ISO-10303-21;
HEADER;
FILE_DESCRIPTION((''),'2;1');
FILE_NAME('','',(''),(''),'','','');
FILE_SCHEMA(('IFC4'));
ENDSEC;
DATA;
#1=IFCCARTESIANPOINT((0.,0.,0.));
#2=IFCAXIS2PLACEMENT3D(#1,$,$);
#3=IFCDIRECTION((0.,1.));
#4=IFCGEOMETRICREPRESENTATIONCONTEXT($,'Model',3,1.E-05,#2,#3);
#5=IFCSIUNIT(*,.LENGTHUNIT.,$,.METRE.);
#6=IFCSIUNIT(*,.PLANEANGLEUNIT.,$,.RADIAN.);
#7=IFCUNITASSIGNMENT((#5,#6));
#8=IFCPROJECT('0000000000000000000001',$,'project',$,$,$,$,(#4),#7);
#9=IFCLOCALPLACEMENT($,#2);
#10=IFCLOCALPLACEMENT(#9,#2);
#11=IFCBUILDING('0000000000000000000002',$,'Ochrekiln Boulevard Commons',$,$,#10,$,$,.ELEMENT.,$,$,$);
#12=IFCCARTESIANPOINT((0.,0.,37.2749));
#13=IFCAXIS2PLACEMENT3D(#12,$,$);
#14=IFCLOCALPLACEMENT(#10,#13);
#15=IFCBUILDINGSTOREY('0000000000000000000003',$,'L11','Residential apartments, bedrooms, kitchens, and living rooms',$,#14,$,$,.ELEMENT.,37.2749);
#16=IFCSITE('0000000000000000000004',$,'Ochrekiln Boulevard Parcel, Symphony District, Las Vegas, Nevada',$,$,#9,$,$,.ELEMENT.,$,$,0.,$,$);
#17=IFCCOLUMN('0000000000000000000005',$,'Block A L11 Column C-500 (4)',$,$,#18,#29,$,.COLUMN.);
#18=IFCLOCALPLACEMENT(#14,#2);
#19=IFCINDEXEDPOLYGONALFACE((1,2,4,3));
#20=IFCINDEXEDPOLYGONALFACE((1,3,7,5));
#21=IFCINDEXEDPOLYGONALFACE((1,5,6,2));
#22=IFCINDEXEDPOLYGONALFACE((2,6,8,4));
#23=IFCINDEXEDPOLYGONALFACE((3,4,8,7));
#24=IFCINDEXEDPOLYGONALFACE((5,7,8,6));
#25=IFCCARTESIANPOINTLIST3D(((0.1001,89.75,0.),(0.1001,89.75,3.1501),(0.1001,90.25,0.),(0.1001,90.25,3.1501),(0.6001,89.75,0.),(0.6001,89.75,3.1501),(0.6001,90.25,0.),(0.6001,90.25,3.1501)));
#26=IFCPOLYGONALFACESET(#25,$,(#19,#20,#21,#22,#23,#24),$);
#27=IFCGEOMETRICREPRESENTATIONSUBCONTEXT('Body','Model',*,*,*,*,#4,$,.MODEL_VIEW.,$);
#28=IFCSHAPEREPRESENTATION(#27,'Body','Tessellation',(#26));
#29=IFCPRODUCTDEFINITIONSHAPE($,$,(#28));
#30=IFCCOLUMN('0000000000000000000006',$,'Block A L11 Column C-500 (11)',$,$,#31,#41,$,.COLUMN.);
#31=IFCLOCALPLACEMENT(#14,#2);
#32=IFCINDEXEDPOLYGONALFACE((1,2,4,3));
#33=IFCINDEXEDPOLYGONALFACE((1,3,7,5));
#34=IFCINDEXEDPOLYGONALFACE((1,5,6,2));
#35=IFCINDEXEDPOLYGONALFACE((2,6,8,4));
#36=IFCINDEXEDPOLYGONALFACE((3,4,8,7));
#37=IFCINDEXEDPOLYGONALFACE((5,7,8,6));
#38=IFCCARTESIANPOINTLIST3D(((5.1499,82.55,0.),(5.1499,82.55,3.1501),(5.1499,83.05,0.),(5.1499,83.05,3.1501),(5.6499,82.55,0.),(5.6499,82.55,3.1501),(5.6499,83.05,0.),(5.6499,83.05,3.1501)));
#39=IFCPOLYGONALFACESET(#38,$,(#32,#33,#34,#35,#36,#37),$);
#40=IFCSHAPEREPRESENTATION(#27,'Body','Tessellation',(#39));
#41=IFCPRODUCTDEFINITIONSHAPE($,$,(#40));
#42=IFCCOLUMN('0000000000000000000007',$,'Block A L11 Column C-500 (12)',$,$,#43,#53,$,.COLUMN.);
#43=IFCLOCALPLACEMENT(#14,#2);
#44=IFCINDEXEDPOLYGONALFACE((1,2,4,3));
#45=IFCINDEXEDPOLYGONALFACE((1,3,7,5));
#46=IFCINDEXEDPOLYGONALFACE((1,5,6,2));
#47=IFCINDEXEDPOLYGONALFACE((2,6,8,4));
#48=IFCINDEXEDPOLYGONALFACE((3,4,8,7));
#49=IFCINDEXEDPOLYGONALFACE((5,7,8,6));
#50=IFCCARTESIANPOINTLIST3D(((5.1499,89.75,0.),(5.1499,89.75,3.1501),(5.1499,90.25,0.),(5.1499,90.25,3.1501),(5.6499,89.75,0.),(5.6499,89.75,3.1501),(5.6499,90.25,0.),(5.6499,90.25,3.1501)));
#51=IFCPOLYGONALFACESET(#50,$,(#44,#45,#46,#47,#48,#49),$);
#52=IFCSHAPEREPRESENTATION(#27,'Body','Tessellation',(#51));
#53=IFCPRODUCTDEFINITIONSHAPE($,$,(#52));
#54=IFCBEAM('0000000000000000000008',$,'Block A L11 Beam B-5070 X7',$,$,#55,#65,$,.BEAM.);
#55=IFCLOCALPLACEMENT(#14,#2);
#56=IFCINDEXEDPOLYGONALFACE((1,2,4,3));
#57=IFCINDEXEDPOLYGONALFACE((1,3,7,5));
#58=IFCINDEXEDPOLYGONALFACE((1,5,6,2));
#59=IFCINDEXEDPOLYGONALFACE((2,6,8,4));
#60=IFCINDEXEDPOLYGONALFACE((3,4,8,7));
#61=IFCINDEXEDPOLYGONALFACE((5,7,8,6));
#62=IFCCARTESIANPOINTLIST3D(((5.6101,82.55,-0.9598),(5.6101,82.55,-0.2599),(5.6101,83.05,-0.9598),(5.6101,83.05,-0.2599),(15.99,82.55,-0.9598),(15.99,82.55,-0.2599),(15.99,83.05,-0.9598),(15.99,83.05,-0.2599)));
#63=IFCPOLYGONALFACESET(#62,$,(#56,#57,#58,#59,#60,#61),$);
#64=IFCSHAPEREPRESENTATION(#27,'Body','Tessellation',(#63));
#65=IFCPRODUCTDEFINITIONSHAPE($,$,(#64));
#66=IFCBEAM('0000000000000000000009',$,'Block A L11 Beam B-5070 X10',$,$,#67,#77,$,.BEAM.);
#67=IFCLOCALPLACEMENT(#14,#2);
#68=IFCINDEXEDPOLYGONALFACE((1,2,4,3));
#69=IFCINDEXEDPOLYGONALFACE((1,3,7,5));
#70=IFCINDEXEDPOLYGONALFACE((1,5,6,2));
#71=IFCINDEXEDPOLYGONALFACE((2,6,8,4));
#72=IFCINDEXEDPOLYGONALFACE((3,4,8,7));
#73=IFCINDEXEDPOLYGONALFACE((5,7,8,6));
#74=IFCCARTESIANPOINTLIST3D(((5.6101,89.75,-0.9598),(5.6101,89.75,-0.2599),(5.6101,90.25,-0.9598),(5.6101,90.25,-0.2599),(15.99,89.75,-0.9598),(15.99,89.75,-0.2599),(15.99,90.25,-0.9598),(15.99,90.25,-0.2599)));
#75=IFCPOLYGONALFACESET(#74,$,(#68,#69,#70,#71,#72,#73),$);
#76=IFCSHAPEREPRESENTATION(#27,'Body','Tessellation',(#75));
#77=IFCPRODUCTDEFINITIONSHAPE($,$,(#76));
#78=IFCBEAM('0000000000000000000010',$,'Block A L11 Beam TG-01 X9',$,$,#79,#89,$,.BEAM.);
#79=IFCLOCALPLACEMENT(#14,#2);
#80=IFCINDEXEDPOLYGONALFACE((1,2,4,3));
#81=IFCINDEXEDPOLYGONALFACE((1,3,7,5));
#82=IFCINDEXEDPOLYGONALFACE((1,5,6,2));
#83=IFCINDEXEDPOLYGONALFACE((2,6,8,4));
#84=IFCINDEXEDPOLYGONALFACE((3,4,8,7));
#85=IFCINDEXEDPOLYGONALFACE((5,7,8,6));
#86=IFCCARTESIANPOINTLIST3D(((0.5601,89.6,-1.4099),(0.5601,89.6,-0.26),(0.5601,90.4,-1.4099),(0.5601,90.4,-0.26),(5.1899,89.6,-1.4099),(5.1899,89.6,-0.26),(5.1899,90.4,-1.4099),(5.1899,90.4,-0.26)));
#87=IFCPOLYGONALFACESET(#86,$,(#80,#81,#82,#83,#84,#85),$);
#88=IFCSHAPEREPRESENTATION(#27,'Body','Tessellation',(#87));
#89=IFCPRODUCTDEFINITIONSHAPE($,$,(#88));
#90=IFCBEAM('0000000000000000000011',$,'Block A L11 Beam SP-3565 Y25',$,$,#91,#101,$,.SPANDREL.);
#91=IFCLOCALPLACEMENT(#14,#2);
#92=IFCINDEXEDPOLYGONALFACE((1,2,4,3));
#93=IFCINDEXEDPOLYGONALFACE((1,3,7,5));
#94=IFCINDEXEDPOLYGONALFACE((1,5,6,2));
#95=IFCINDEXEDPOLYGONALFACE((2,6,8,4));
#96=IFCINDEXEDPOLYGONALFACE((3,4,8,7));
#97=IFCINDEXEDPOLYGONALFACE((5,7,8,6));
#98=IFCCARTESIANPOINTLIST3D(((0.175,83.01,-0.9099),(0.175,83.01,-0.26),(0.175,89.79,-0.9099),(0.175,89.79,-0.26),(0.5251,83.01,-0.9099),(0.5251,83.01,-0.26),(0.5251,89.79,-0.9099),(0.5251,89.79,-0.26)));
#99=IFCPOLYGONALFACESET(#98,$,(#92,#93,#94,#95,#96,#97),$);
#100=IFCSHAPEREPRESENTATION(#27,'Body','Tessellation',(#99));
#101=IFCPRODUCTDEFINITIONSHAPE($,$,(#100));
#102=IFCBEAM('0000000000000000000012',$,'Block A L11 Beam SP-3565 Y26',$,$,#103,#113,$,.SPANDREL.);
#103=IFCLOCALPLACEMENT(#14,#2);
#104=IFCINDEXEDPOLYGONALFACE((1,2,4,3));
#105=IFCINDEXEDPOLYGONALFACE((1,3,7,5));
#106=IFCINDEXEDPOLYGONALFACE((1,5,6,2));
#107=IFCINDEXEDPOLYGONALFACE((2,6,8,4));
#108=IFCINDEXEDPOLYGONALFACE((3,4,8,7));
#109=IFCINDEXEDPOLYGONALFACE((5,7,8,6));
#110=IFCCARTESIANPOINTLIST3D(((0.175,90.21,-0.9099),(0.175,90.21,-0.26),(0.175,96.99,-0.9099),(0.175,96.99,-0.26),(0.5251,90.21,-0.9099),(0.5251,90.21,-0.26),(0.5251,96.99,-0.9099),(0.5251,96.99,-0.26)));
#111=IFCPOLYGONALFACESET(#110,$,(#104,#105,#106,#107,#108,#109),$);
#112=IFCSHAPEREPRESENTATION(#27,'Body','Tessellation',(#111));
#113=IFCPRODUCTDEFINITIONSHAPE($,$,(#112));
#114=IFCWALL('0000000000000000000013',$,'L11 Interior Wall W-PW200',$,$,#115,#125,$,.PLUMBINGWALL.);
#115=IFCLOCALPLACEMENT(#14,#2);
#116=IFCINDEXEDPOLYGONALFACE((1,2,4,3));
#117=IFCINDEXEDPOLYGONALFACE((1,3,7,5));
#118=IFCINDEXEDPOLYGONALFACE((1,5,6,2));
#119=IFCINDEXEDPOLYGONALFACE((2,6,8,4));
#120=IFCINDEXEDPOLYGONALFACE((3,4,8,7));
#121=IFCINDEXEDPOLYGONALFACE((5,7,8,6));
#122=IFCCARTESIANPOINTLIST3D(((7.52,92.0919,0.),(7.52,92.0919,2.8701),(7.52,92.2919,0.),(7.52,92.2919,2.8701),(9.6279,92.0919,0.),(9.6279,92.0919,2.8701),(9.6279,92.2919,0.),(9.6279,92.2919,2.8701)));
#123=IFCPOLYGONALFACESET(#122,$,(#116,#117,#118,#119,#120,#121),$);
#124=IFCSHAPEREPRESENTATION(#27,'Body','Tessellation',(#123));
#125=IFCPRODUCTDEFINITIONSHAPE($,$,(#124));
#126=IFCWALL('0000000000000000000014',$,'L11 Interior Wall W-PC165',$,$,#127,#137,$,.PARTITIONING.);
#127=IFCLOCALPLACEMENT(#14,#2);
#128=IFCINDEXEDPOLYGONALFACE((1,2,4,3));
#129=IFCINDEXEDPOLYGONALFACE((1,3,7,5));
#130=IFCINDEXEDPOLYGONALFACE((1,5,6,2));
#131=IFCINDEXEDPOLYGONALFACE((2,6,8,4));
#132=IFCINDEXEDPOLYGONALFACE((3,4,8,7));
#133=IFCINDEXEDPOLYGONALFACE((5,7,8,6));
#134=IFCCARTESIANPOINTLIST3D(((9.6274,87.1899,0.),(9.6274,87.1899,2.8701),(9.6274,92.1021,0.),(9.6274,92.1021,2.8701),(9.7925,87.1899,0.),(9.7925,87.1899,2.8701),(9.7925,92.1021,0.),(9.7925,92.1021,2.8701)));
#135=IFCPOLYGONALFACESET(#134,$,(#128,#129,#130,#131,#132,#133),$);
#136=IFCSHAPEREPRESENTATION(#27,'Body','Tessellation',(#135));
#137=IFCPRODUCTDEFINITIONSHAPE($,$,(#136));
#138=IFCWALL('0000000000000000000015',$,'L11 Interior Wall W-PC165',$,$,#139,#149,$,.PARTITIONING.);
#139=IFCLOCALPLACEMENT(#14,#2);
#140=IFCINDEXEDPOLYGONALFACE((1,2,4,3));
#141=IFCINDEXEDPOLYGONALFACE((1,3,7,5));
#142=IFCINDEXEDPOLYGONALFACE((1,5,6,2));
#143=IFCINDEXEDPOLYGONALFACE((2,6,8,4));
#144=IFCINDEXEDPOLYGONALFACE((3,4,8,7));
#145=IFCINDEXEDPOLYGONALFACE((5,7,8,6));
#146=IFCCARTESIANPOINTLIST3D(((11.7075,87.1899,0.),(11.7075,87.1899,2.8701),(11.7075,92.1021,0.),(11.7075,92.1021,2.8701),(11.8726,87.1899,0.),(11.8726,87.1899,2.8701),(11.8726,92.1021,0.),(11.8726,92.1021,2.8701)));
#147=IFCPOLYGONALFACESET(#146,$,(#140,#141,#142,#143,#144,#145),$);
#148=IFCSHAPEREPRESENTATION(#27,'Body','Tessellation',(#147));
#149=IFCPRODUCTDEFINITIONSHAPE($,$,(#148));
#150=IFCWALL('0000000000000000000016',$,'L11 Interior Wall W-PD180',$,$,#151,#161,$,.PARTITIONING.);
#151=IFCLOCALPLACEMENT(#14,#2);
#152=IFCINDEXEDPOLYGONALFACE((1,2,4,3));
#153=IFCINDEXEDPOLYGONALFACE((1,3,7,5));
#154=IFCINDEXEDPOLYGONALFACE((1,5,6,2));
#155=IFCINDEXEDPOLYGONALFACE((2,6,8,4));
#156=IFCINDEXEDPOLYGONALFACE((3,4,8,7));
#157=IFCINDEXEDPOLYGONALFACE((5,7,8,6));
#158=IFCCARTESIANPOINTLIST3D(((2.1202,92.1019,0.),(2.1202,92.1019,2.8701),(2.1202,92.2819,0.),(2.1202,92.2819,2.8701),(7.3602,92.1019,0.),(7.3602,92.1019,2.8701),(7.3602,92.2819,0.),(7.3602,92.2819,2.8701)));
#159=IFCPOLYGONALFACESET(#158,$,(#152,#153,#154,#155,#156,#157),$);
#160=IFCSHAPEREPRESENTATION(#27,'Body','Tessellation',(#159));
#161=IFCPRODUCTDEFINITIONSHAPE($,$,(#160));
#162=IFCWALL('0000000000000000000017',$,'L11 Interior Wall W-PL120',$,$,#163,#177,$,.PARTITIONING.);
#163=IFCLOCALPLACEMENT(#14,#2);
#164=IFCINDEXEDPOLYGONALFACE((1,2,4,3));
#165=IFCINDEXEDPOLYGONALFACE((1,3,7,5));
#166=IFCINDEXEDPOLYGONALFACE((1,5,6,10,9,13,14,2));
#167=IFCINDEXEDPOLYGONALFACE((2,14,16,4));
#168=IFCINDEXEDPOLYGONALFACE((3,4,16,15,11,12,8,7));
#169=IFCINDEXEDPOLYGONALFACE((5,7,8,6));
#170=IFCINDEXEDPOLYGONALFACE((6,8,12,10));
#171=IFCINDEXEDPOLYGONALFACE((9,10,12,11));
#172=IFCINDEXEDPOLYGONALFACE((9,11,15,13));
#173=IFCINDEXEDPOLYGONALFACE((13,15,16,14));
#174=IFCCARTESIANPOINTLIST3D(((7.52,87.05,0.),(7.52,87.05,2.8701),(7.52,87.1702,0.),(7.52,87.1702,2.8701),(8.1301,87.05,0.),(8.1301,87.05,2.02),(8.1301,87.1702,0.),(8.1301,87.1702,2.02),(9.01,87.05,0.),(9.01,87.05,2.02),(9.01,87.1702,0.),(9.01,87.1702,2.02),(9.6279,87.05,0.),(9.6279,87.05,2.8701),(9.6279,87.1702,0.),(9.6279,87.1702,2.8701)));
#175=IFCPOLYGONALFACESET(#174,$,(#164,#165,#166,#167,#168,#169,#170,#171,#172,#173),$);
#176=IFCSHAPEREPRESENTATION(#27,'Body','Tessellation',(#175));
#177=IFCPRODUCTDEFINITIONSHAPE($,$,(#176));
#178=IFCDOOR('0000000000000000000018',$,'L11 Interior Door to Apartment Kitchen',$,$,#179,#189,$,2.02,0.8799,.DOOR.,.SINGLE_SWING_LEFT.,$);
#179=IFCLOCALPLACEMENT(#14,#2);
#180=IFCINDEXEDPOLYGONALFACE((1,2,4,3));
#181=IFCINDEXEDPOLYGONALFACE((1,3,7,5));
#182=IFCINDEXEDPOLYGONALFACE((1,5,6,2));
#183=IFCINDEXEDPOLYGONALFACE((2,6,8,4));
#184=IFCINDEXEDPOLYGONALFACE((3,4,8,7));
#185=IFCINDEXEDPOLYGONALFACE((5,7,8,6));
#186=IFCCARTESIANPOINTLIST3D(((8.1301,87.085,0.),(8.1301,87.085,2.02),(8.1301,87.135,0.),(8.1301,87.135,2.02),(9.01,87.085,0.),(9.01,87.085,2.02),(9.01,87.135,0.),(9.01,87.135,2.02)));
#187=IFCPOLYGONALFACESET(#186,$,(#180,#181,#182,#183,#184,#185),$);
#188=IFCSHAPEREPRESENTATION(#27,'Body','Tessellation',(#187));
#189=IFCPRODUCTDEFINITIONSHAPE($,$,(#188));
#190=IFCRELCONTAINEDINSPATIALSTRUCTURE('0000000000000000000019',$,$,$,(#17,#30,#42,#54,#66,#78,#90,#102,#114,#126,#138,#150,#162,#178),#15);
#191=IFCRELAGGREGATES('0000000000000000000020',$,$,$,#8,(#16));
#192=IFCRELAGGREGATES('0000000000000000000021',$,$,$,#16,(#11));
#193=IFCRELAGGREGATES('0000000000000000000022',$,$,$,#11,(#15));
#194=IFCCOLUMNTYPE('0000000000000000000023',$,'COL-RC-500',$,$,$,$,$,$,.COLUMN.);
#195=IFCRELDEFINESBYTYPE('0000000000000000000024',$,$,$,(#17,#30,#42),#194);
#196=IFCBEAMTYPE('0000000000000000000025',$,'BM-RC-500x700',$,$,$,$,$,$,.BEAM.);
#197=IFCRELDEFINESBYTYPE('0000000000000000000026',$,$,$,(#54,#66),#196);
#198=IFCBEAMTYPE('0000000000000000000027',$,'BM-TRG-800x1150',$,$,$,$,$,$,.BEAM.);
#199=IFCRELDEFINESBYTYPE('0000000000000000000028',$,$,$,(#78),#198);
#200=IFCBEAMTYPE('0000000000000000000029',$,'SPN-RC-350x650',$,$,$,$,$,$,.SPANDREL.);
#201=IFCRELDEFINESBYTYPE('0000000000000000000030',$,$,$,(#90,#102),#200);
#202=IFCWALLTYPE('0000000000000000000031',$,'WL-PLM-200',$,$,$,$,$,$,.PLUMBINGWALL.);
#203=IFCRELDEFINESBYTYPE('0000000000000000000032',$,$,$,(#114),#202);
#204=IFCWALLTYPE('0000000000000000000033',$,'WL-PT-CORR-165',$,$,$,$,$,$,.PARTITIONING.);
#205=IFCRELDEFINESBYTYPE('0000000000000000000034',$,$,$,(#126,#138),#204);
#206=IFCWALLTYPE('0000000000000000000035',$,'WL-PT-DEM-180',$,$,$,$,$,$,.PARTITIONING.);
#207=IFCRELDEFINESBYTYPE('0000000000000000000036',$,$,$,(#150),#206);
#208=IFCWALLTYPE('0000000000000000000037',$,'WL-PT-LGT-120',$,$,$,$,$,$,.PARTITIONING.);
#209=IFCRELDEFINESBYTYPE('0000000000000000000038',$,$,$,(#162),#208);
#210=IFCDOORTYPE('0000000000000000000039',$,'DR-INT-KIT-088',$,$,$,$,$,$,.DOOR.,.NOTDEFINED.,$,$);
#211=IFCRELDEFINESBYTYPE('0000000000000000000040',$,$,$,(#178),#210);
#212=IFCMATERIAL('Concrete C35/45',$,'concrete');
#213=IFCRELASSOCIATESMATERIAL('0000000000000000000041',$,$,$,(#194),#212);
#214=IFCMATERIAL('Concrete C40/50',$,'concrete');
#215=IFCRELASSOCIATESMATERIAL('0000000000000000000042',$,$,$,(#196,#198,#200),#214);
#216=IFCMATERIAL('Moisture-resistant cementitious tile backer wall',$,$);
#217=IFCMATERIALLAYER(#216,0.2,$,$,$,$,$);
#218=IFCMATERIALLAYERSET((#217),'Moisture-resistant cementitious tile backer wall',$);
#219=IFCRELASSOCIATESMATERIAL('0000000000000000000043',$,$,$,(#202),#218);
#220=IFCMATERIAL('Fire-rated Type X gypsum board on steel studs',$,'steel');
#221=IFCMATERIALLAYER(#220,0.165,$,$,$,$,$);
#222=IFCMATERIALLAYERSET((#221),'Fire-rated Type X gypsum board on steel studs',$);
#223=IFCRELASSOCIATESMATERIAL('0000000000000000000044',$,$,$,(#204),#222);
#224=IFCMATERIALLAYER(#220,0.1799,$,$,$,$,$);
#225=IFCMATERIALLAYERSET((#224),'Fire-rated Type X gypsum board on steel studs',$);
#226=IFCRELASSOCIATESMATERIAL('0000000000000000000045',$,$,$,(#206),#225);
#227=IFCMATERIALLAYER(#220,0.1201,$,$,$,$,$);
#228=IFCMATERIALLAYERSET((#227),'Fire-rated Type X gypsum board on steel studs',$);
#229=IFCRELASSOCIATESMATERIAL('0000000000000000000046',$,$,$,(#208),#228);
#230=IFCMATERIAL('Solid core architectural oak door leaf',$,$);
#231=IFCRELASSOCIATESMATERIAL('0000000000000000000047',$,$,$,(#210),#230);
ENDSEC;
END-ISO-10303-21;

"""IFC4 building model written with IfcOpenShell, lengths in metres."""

from ifc_helpers import new_model, si_unit, direction, frame, frame_2d, origin, origin_2d, place, context, subcontext, project, spatial, rectangle, extrude, material, layer, layer_set, material_profile, profile_set, type_object, element, fill, save


model = new_model("IFC4")

# Units and contexts
model_context = context("Model", 3, precision=1e-05, world=origin(), true_north=direction((0.0, 1.0)))
body_context = subcontext(model_context, "Body", "Model", "MODEL_VIEW")
ifc_project = project(units=[si_unit("LENGTHUNIT", "METRE"), si_unit("PLANEANGLEUNIT", "RADIAN")], contexts=[model_context])

# Site, building, storey
site_placement = place(None, origin())
site = spatial("IfcSite", under=ifc_project, at=site_placement, Name="Ochrekiln Boulevard Parcel, Symphony District, Las Vegas, Nevada", CompositionType="ELEMENT", RefElevation=0.0)
building_placement = place(site_placement, origin())
building = spatial("IfcBuilding", under=site, at=building_placement, Name="Ochrekiln Boulevard Commons", CompositionType="ELEMENT")
storey_placement = place(building_placement, frame((0.0, 0.0, 37.2749)))
storey = spatial("IfcBuildingStorey", under=building, at=storey_placement, Name="L11", Description="Residential apartments, bedrooms, kitchens, and living rooms", CompositionType="ELEMENT", Elevation=37.2749)

# Columns
ifc_material_1 = material(Name="Concrete C35/45", Category="concrete")
ifc_material_profile_1 = material_profile(ifc_material_1, rectangle(XDim=0.5, YDim=0.5, at=origin_2d()), Name="RC-COL-500x500")
ifc_profile_set_1 = profile_set([ifc_material_profile_1], Name="Concrete C35/45")
column_type = type_object("IfcColumnType", Name="COL-RC-500", PredefinedType="COLUMN", material=ifc_profile_set_1)
for number, where, z_axis, x_axis, name in (
    (1, (0.3501, 90.0, 0.0), (0.0, 0.0, 1.0), (1.0, 0.0, 0.0), "Block A L11 Column C-500 (4)"),
    (2, (5.3999, 82.8, 0.0), (0.0, 0.0, 1.0), (1.0, 0.0, 0.0), "Block A L11 Column C-500 (11)"),
    (3, (5.3999, 90.0, 0.0), (0.0, 0.0, 1.0), (1.0, 0.0, 0.0), "Block A L11 Column C-500 (12)"),
):
    element("IfcColumn", number, at=place(storey_placement, frame(where, z_axis=z_axis, x_axis=x_axis)), inside=storey, type_object=column_type, Name=name, PredefinedType="COLUMN", context=body_context, shape_type="SweptSolid", body=[
        extrude(rectangle(XDim=0.5, YDim=0.5, at=origin_2d()), origin(), (0.0, 0.0, 1.0), 3.1501),
    ])

# Beams
ifc_material_2 = material(Name="Concrete C40/50", Category="concrete")
ifc_material_profile_2 = material_profile(ifc_material_2, rectangle(XDim=0.5, YDim=0.7, at=origin_2d()), Name="RC-BM-500x700")
ifc_profile_set_2 = profile_set([ifc_material_profile_2], Name="Concrete C40/50")
beam_type_1 = type_object("IfcBeamType", Name="BM-RC-500x700", PredefinedType="BEAM", material=ifc_profile_set_2)
for number, where, z_axis, x_axis, name in (
    (4, (5.6101, 82.8, -0.6099), (1.0, 0.0, 0.0), (0.0, 1.0, 0.0), "Block A L11 Beam B-5070 X7"),
    (5, (5.6101, 90.0, -0.6099), (1.0, 0.0, 0.0), (0.0, 1.0, 0.0), "Block A L11 Beam B-5070 X10"),
):
    element("IfcBeam", number, at=place(storey_placement, frame(where, z_axis=z_axis, x_axis=x_axis)), inside=storey, type_object=beam_type_1, Name=name, PredefinedType="BEAM", context=body_context, shape_type="SweptSolid", body=[
        extrude(rectangle(XDim=0.5, YDim=0.7, at=origin_2d()), origin(), (0.0, 0.0, 1.0), 10.3799),
    ])
ifc_material_profile_3 = material_profile(ifc_material_2, rectangle(XDim=0.8, YDim=1.1499, at=origin_2d()), Name="RC-TRG-800x1150")
ifc_profile_set_3 = profile_set([ifc_material_profile_3], Name="Concrete C40/50")
beam_type_2 = type_object("IfcBeamType", Name="BM-TRG-800x1150", PredefinedType="BEAM", material=ifc_profile_set_3)
beam_placement = place(storey_placement, frame((0.5601, 90.0, -0.835), z_axis=(1.0, 0.0, 0.0), x_axis=(0.0, 1.0, 0.0)))
element("IfcBeam", 6, at=beam_placement, inside=storey, type_object=beam_type_2, Name="Block A L11 Beam TG-01 X9", PredefinedType="BEAM", context=body_context, shape_type="SweptSolid", body=[
    extrude(rectangle(XDim=0.8, YDim=1.1499, at=origin_2d()), origin(), (0.0, 0.0, 1.0), 4.6299),
])
ifc_material_profile_4 = material_profile(ifc_material_2, rectangle(XDim=0.3501, YDim=0.6499, at=origin_2d()), Name="RC-SPN-350x650")
ifc_profile_set_4 = profile_set([ifc_material_profile_4], Name="Concrete C40/50")
beam_type_3 = type_object("IfcBeamType", Name="SPN-RC-350x650", PredefinedType="SPANDREL", material=ifc_profile_set_4)
for number, where, z_axis, x_axis, name in (
    (7, (0.3501, 83.01, -0.585), (0.0, 1.0, 0.0), (-1.0, 0.0, 0.0), "Block A L11 Beam SP-3565 Y25"),
    (8, (0.3501, 90.21, -0.585), (0.0, 1.0, 0.0), (-1.0, 0.0, 0.0), "Block A L11 Beam SP-3565 Y26"),
):
    element("IfcBeam", number, at=place(storey_placement, frame(where, z_axis=z_axis, x_axis=x_axis)), inside=storey, type_object=beam_type_3, Name=name, PredefinedType="SPANDREL", context=body_context, shape_type="SweptSolid", body=[
        extrude(rectangle(XDim=0.3501, YDim=0.6499, at=origin_2d()), origin(), (0.0, 0.0, 1.0), 6.78),
    ])

# Walls
ifc_material_3 = material(Name="Moisture-resistant cementitious tile backer wall")
ifc_layer_1 = layer(ifc_material_3, 0.2)
ifc_layer_set_1 = layer_set([ifc_layer_1], Name="Moisture-resistant cementitious tile backer wall")
wall_type_1 = type_object("IfcWallType", Name="WL-PLM-200", PredefinedType="PLUMBINGWALL", material=ifc_layer_set_1)
wall_1_placement = place(storey_placement, frame((7.52, 92.1919, 0.0), z_axis=(0.0, 0.0, 1.0), x_axis=(1.0, 0.0, 0.0)))
element("IfcWall", 9, at=wall_1_placement, inside=storey, type_object=wall_type_1, Name="L11 Interior Wall W-PW200", PredefinedType="PLUMBINGWALL", context=body_context, shape_type="SweptSolid", body=[
    extrude(rectangle(XDim=2.1079, YDim=0.2, at=frame_2d((1.054, 0.0))), origin(), (0.0, 0.0, 1.0), 2.8701),
])
ifc_material_4 = material(Name="Fire-rated Type X gypsum board on steel studs", Category="steel")
ifc_layer_2 = layer(ifc_material_4, 0.165)
ifc_layer_set_2 = layer_set([ifc_layer_2], Name="Fire-rated Type X gypsum board on steel studs")
wall_type_2 = type_object("IfcWallType", Name="WL-PT-CORR-165", PredefinedType="PARTITIONING", material=ifc_layer_set_2)
for number, where, z_axis, x_axis, name in (
    (10, (9.71, 87.1899, 0.0), (0.0, 0.0, 1.0), (0.0, 1.0, 0.0), "L11 Interior Wall W-PC165"),
    (11, (11.79, 87.1899, 0.0), (0.0, 0.0, 1.0), (0.0, 1.0, 0.0), "L11 Interior Wall W-PC165"),
):
    element("IfcWall", number, at=place(storey_placement, frame(where, z_axis=z_axis, x_axis=x_axis)), inside=storey, type_object=wall_type_2, Name=name, PredefinedType="PARTITIONING", context=body_context, shape_type="SweptSolid", body=[
        extrude(rectangle(XDim=4.9121, YDim=0.165, at=frame_2d((2.4561, 0.0))), origin(), (0.0, 0.0, 1.0), 2.8701),
    ])
ifc_layer_3 = layer(ifc_material_4, 0.1799)
ifc_layer_set_3 = layer_set([ifc_layer_3], Name="Fire-rated Type X gypsum board on steel studs")
wall_type_3 = type_object("IfcWallType", Name="WL-PT-DEM-180", PredefinedType="PARTITIONING", material=ifc_layer_set_3)
wall_2_placement = place(storey_placement, frame((2.1201, 92.1919, 0.0), z_axis=(0.0, 0.0, 1.0), x_axis=(1.0, 0.0, 0.0)))
element("IfcWall", 12, at=wall_2_placement, inside=storey, type_object=wall_type_3, Name="L11 Interior Wall W-PD180", PredefinedType="PARTITIONING", context=body_context, shape_type="SweptSolid", body=[
    extrude(rectangle(XDim=5.24, YDim=0.1799, at=frame_2d((2.6201, 0.0))), origin(), (0.0, 0.0, 1.0), 2.8701),
])

# Wall, opening, door
ifc_layer_4 = layer(ifc_material_4, 0.1201)
ifc_layer_set_4 = layer_set([ifc_layer_4], Name="Fire-rated Type X gypsum board on steel studs")
wall_type_4 = type_object("IfcWallType", Name="WL-PT-LGT-120", PredefinedType="PARTITIONING", material=ifc_layer_set_4)
wall_3_placement = place(storey_placement, frame((7.52, 87.1101, 0.0), z_axis=(0.0, 0.0, 1.0), x_axis=(1.0, 0.0, 0.0)))
wall_3 = element("IfcWall", 13, at=wall_3_placement, inside=storey, type_object=wall_type_4, Name="L11 Interior Wall W-PL120", PredefinedType="PARTITIONING", context=body_context, shape_type="SweptSolid", body=[
    extrude(rectangle(XDim=2.1079, YDim=0.1201, at=frame_2d((1.054, 0.0))), origin(), (0.0, 0.0, 1.0), 2.8701),
])
opening_1_placement = place(wall_3_placement, frame((0.6101, 0.0, 0.0)))
opening_1 = element("IfcOpeningElement", 14, at=opening_1_placement, cuts=wall_3, PredefinedType="OPENING", context=body_context, shape_type="SweptSolid", body=[
    extrude(rectangle(XDim=0.8799, YDim=2.02, at=frame_2d((0.4399, 1.01))), frame((0.0, 0.0701, 0.0), z_axis=(0.0, -1.0, 0.0), x_axis=(1.0, 0.0, 0.0)), (0.0, 0.0, 1.0), 0.1401),
])
ifc_material_5 = material(Name="Solid core architectural oak door leaf")
door_type_1 = type_object("IfcDoorType", Name="DR-INT-KIT-088", OperationType="NOTDEFINED", PredefinedType="DOOR", material=ifc_material_5)
door_1_placement = place(opening_1_placement, origin())
door_1 = element("IfcDoor", 15, at=door_1_placement, inside=storey, type_object=door_type_1, Name="L11 Interior Door to Apartment Kitchen", OperationType="SINGLE_SWING_LEFT", OverallHeight=2.02, OverallWidth=0.8799, PredefinedType="DOOR", context=body_context, shape_type="SweptSolid", body=[
    extrude(rectangle(XDim=0.8799, YDim=2.02, at=frame_2d((0.4399, 1.01))), frame((0.0, 0.0249, 0.0), z_axis=(0.0, -1.0, 0.0), x_axis=(1.0, 0.0, 0.0)), (0.0, 0.0, 1.0), 0.05),
])
fill(opening_1, door_1)

save(model, "model.ifc")
